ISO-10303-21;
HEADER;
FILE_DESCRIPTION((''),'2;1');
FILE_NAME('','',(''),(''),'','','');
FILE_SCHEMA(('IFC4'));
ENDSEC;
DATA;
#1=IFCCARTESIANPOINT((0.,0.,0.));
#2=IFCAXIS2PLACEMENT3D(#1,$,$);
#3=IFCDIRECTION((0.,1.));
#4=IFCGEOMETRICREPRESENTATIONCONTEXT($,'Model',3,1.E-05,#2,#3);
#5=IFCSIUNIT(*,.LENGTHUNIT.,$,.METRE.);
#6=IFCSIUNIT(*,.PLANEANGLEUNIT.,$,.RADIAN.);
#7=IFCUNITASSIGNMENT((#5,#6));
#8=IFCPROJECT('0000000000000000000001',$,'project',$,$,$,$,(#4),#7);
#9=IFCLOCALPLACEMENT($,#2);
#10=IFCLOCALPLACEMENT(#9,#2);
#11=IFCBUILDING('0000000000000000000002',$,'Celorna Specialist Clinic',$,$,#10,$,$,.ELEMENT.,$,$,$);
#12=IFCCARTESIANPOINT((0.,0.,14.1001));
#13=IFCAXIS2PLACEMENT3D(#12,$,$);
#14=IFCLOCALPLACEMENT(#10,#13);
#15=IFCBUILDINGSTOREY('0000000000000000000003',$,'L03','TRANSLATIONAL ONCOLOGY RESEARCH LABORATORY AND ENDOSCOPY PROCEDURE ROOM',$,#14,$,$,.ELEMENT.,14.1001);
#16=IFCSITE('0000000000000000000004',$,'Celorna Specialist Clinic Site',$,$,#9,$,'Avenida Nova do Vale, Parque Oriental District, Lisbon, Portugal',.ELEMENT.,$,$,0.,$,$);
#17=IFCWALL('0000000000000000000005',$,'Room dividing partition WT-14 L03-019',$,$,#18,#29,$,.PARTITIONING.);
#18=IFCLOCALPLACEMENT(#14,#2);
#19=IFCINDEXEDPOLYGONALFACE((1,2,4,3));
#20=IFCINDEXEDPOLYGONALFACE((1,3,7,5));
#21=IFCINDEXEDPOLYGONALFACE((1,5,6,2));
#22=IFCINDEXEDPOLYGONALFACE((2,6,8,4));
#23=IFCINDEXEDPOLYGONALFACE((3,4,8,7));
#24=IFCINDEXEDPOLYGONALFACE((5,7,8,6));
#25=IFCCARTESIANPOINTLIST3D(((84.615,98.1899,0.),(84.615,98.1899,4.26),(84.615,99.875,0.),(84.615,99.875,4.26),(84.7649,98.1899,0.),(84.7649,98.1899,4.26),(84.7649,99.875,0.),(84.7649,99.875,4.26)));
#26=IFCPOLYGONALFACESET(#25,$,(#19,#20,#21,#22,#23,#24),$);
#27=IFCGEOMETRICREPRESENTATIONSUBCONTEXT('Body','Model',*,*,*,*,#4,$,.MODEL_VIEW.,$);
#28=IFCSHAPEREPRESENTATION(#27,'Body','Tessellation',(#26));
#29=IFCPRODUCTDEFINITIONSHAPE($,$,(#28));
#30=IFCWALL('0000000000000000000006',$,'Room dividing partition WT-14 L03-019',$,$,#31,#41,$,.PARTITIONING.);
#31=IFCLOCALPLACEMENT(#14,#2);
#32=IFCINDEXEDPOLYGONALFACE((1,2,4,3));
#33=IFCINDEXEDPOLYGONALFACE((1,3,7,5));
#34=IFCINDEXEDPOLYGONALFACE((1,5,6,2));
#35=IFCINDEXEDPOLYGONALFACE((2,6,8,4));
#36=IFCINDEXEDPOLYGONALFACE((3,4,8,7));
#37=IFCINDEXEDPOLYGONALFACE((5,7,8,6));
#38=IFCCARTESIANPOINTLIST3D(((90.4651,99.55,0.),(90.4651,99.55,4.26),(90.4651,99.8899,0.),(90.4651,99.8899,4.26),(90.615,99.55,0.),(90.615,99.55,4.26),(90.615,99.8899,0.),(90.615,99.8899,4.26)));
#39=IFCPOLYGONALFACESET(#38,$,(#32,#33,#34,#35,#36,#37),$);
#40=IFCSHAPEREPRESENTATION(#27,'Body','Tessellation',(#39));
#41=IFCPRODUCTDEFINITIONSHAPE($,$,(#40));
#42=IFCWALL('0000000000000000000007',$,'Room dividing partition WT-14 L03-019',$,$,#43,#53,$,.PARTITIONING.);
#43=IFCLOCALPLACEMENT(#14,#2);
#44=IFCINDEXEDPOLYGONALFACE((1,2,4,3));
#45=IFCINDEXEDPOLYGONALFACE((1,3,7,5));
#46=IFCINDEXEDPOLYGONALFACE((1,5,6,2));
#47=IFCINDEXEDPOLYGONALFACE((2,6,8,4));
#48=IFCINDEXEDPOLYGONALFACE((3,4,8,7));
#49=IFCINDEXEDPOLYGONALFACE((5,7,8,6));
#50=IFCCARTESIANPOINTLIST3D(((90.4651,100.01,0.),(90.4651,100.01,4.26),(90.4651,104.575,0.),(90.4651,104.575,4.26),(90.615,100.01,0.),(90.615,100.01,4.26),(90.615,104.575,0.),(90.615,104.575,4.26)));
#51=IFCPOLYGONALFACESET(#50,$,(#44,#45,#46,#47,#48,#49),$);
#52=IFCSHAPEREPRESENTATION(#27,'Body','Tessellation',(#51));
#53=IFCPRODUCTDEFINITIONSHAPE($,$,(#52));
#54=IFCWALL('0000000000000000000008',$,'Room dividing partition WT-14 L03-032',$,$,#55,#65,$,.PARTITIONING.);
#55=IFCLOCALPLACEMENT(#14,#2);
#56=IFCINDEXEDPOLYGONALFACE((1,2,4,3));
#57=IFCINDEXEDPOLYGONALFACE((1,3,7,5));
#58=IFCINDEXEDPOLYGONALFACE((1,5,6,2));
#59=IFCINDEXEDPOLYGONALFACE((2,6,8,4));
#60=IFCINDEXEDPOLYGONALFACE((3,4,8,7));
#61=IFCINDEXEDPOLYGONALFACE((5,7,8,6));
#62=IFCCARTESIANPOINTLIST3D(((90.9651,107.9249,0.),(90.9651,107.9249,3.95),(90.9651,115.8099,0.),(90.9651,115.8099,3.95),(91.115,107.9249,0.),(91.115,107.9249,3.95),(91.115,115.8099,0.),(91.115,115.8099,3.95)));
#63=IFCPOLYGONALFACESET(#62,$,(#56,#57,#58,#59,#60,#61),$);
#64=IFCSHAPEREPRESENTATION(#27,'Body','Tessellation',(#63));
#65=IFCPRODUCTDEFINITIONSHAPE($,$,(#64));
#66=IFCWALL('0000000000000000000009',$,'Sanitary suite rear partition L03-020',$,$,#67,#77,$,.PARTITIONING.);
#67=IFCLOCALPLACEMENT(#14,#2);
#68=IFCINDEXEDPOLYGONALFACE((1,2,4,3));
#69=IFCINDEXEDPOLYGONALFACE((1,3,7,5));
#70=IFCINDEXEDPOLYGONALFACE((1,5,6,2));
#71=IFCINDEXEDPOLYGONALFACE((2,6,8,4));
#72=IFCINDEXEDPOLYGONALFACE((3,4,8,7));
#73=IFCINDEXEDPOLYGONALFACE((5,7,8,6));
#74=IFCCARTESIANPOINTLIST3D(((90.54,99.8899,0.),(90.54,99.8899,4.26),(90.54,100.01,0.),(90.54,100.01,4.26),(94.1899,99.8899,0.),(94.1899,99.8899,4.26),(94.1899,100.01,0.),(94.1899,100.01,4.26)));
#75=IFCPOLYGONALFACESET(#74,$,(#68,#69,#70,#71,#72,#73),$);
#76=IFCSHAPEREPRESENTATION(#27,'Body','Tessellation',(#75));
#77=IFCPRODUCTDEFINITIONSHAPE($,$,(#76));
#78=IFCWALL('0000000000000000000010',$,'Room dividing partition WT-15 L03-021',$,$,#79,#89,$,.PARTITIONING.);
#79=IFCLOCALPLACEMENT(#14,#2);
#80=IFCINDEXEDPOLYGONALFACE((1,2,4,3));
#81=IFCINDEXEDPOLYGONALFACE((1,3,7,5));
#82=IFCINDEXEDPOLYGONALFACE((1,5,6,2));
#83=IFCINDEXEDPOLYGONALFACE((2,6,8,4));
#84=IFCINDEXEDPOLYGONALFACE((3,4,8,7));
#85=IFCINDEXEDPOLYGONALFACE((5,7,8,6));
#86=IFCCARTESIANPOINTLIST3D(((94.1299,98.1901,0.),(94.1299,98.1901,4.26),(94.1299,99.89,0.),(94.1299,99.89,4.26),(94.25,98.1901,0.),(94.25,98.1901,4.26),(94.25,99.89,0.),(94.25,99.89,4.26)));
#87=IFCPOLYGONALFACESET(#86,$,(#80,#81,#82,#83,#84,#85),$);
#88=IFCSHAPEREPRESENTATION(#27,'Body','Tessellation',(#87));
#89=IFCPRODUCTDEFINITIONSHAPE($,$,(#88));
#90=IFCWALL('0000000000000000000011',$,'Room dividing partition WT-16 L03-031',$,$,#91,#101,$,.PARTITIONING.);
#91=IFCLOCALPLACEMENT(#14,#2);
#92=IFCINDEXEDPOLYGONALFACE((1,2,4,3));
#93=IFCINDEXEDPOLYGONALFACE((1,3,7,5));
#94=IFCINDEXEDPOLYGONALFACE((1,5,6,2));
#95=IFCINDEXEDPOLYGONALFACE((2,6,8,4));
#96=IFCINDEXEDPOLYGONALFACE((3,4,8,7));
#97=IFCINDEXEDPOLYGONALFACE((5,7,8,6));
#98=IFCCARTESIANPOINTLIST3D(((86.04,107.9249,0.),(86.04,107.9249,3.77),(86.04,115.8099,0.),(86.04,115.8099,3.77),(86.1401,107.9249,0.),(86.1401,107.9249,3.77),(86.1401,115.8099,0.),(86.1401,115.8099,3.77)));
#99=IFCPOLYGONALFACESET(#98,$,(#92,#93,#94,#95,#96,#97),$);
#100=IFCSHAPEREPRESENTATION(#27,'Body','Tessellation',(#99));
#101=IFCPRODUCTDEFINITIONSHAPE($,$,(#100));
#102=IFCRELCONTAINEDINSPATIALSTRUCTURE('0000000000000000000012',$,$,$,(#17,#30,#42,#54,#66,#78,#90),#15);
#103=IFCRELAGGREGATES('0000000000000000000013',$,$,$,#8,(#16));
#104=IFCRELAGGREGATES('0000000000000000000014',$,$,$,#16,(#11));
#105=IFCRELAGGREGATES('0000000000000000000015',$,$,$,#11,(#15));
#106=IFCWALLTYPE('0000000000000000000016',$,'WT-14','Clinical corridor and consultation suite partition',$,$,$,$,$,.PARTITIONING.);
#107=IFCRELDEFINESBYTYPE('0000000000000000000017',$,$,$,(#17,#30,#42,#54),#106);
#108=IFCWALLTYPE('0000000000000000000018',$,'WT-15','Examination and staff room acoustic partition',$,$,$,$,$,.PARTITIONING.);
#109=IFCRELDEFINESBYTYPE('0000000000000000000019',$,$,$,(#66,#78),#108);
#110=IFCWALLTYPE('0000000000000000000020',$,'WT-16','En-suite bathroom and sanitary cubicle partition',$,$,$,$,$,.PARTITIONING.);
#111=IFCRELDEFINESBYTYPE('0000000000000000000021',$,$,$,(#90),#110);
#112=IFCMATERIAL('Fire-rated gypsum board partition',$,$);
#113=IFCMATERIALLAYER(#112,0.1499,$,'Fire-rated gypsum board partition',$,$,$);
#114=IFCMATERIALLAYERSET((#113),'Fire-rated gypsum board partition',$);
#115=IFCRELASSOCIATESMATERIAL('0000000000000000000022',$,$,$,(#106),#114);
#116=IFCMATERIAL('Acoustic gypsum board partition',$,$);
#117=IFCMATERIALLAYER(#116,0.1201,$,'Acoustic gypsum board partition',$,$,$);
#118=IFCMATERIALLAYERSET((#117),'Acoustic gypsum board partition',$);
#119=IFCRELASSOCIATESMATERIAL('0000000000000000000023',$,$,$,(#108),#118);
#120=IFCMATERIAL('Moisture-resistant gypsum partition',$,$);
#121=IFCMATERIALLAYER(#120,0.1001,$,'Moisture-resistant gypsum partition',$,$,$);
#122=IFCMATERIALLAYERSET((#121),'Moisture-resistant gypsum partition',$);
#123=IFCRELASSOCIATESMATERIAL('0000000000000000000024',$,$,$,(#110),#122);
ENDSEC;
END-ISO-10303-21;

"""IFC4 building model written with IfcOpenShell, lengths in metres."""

from ifc_helpers import new_model, si_unit, direction, frame, frame_2d, origin, place, context, subcontext, project, spatial, rectangle, extrude, material, layer, layer_set, type_object, element, save


model = new_model("IFC4")

# Units and contexts
model_context = context("Model", 3, precision=1e-05, world=origin(), true_north=direction((0.0, 1.0)))
body_context = subcontext(model_context, "Body", "Model", "MODEL_VIEW")
ifc_project = project(units=[si_unit("LENGTHUNIT", "METRE"), si_unit("PLANEANGLEUNIT", "RADIAN")], contexts=[model_context])

# Site, building, storey
site_placement = place(None, origin())
site = spatial("IfcSite", under=ifc_project, at=site_placement, Name="Celorna Specialist Clinic Site", LongName="Avenida Nova do Vale, Parque Oriental District, Lisbon, Portugal", CompositionType="ELEMENT", RefElevation=0.0)
building_placement = place(site_placement, origin())
building = spatial("IfcBuilding", under=site, at=building_placement, Name="Celorna Specialist Clinic", CompositionType="ELEMENT")
storey_placement = place(building_placement, frame((0.0, 0.0, 14.1001)))
storey = spatial("IfcBuildingStorey", under=building, at=storey_placement, Name="L03", Description="TRANSLATIONAL ONCOLOGY RESEARCH LABORATORY AND ENDOSCOPY PROCEDURE ROOM", CompositionType="ELEMENT", Elevation=14.1001)

# Shared definitions
ifc_material_1 = material(Name="Fire-rated gypsum board partition")
ifc_layer_1 = layer(ifc_material_1, 0.1499, Name="Fire-rated gypsum board partition")
ifc_layer_set_1 = layer_set([ifc_layer_1], Name="Fire-rated gypsum board partition")
wall_type_1 = type_object("IfcWallType", Name="WT-14", Description="Clinical corridor and consultation suite partition", PredefinedType="PARTITIONING", material=ifc_layer_set_1)

# Walls
wall_1_placement = place(storey_placement, frame((84.6899, 98.1899, 0.0), z_axis=(0.0, 0.0, 1.0), x_axis=(0.0, 1.0, 0.0)))
element("IfcWall", 1, at=wall_1_placement, inside=storey, type_object=wall_type_1, Name="Room dividing partition WT-14 L03-019", PredefinedType="PARTITIONING", context=body_context, shape_type="SweptSolid", body=[
    extrude(rectangle(XDim=1.6851, YDim=0.1499, at=frame_2d((0.8425, 0.0))), origin(), (0.0, 0.0, 1.0), 4.26),
])
wall_2_placement = place(storey_placement, frame((90.54, 99.55, 0.0), z_axis=(0.0, 0.0, 1.0), x_axis=(0.0, 1.0, 0.0)))
element("IfcWall", 2, at=wall_2_placement, inside=storey, type_object=wall_type_1, Name="Room dividing partition WT-14 L03-019", PredefinedType="PARTITIONING", context=body_context, shape_type="SweptSolid", body=[
    extrude(rectangle(XDim=0.3398, YDim=0.1499, at=frame_2d((0.1699, 0.0))), origin(), (0.0, 0.0, 1.0), 4.26),
])
wall_3_placement = place(storey_placement, frame((90.54, 100.01, 0.0), z_axis=(0.0, 0.0, 1.0), x_axis=(0.0, 1.0, 0.0)))
element("IfcWall", 3, at=wall_3_placement, inside=storey, type_object=wall_type_1, Name="Room dividing partition WT-14 L03-019", PredefinedType="PARTITIONING", context=body_context, shape_type="SweptSolid", body=[
    extrude(rectangle(XDim=4.5649, YDim=0.1499, at=frame_2d((2.2825, 0.0))), origin(), (0.0, 0.0, 1.0), 4.26),
])
wall_4_placement = place(storey_placement, frame((91.04, 107.925, 0.0), z_axis=(0.0, 0.0, 1.0), x_axis=(0.0, 1.0, 0.0)))
element("IfcWall", 4, at=wall_4_placement, inside=storey, type_object=wall_type_1, Name="Room dividing partition WT-14 L03-032", PredefinedType="PARTITIONING", context=body_context, shape_type="SweptSolid", body=[
    extrude(rectangle(XDim=7.885, YDim=0.1499, at=frame_2d((3.9424, 0.0))), origin(), (0.0, 0.0, 1.0), 3.95),
])
ifc_material_2 = material(Name="Acoustic gypsum board partition")
ifc_layer_2 = layer(ifc_material_2, 0.1201, Name="Acoustic gypsum board partition")
ifc_layer_set_2 = layer_set([ifc_layer_2], Name="Acoustic gypsum board partition")
wall_type_2 = type_object("IfcWallType", Name="WT-15", Description="Examination and staff room acoustic partition", PredefinedType="PARTITIONING", material=ifc_layer_set_2)
wall_5_placement = place(storey_placement, frame((90.54, 99.95, 0.0), z_axis=(0.0, 0.0, 1.0), x_axis=(1.0, 0.0, 0.0)))
element("IfcWall", 5, at=wall_5_placement, inside=storey, type_object=wall_type_2, Name="Sanitary suite rear partition L03-020", PredefinedType="PARTITIONING", context=body_context, shape_type="SweptSolid", body=[
    extrude(rectangle(XDim=3.6499, YDim=0.1201, at=frame_2d((1.825, 0.0))), origin(), (0.0, 0.0, 1.0), 4.26),
])
wall_6_placement = place(storey_placement, frame((94.1899, 98.1899, 0.0), z_axis=(0.0, 0.0, 1.0), x_axis=(0.0, 1.0, 0.0)))
element("IfcWall", 6, at=wall_6_placement, inside=storey, type_object=wall_type_2, Name="Room dividing partition WT-15 L03-021", PredefinedType="PARTITIONING", context=body_context, shape_type="SweptSolid", body=[
    extrude(rectangle(XDim=1.7, YDim=0.1201, at=frame_2d((0.8501, 0.0))), origin(), (0.0, 0.0, 1.0), 4.26),
])
ifc_material_3 = material(Name="Moisture-resistant gypsum partition")
ifc_layer_3 = layer(ifc_material_3, 0.1001, Name="Moisture-resistant gypsum partition")
ifc_layer_set_3 = layer_set([ifc_layer_3], Name="Moisture-resistant gypsum partition")
wall_type_3 = type_object("IfcWallType", Name="WT-16", Description="En-suite bathroom and sanitary cubicle partition", PredefinedType="PARTITIONING", material=ifc_layer_set_3)
wall_7_placement = place(storey_placement, frame((86.0901, 107.925, 0.0), z_axis=(0.0, 0.0, 1.0), x_axis=(0.0, 1.0, 0.0)))
element("IfcWall", 7, at=wall_7_placement, inside=storey, type_object=wall_type_3, Name="Room dividing partition WT-16 L03-031", PredefinedType="PARTITIONING", context=body_context, shape_type="SweptSolid", body=[
    extrude(rectangle(XDim=7.885, YDim=0.1001, at=frame_2d((3.9424, 0.0))), origin(), (0.0, 0.0, 1.0), 3.77),
])

save(model, "model.ifc")
